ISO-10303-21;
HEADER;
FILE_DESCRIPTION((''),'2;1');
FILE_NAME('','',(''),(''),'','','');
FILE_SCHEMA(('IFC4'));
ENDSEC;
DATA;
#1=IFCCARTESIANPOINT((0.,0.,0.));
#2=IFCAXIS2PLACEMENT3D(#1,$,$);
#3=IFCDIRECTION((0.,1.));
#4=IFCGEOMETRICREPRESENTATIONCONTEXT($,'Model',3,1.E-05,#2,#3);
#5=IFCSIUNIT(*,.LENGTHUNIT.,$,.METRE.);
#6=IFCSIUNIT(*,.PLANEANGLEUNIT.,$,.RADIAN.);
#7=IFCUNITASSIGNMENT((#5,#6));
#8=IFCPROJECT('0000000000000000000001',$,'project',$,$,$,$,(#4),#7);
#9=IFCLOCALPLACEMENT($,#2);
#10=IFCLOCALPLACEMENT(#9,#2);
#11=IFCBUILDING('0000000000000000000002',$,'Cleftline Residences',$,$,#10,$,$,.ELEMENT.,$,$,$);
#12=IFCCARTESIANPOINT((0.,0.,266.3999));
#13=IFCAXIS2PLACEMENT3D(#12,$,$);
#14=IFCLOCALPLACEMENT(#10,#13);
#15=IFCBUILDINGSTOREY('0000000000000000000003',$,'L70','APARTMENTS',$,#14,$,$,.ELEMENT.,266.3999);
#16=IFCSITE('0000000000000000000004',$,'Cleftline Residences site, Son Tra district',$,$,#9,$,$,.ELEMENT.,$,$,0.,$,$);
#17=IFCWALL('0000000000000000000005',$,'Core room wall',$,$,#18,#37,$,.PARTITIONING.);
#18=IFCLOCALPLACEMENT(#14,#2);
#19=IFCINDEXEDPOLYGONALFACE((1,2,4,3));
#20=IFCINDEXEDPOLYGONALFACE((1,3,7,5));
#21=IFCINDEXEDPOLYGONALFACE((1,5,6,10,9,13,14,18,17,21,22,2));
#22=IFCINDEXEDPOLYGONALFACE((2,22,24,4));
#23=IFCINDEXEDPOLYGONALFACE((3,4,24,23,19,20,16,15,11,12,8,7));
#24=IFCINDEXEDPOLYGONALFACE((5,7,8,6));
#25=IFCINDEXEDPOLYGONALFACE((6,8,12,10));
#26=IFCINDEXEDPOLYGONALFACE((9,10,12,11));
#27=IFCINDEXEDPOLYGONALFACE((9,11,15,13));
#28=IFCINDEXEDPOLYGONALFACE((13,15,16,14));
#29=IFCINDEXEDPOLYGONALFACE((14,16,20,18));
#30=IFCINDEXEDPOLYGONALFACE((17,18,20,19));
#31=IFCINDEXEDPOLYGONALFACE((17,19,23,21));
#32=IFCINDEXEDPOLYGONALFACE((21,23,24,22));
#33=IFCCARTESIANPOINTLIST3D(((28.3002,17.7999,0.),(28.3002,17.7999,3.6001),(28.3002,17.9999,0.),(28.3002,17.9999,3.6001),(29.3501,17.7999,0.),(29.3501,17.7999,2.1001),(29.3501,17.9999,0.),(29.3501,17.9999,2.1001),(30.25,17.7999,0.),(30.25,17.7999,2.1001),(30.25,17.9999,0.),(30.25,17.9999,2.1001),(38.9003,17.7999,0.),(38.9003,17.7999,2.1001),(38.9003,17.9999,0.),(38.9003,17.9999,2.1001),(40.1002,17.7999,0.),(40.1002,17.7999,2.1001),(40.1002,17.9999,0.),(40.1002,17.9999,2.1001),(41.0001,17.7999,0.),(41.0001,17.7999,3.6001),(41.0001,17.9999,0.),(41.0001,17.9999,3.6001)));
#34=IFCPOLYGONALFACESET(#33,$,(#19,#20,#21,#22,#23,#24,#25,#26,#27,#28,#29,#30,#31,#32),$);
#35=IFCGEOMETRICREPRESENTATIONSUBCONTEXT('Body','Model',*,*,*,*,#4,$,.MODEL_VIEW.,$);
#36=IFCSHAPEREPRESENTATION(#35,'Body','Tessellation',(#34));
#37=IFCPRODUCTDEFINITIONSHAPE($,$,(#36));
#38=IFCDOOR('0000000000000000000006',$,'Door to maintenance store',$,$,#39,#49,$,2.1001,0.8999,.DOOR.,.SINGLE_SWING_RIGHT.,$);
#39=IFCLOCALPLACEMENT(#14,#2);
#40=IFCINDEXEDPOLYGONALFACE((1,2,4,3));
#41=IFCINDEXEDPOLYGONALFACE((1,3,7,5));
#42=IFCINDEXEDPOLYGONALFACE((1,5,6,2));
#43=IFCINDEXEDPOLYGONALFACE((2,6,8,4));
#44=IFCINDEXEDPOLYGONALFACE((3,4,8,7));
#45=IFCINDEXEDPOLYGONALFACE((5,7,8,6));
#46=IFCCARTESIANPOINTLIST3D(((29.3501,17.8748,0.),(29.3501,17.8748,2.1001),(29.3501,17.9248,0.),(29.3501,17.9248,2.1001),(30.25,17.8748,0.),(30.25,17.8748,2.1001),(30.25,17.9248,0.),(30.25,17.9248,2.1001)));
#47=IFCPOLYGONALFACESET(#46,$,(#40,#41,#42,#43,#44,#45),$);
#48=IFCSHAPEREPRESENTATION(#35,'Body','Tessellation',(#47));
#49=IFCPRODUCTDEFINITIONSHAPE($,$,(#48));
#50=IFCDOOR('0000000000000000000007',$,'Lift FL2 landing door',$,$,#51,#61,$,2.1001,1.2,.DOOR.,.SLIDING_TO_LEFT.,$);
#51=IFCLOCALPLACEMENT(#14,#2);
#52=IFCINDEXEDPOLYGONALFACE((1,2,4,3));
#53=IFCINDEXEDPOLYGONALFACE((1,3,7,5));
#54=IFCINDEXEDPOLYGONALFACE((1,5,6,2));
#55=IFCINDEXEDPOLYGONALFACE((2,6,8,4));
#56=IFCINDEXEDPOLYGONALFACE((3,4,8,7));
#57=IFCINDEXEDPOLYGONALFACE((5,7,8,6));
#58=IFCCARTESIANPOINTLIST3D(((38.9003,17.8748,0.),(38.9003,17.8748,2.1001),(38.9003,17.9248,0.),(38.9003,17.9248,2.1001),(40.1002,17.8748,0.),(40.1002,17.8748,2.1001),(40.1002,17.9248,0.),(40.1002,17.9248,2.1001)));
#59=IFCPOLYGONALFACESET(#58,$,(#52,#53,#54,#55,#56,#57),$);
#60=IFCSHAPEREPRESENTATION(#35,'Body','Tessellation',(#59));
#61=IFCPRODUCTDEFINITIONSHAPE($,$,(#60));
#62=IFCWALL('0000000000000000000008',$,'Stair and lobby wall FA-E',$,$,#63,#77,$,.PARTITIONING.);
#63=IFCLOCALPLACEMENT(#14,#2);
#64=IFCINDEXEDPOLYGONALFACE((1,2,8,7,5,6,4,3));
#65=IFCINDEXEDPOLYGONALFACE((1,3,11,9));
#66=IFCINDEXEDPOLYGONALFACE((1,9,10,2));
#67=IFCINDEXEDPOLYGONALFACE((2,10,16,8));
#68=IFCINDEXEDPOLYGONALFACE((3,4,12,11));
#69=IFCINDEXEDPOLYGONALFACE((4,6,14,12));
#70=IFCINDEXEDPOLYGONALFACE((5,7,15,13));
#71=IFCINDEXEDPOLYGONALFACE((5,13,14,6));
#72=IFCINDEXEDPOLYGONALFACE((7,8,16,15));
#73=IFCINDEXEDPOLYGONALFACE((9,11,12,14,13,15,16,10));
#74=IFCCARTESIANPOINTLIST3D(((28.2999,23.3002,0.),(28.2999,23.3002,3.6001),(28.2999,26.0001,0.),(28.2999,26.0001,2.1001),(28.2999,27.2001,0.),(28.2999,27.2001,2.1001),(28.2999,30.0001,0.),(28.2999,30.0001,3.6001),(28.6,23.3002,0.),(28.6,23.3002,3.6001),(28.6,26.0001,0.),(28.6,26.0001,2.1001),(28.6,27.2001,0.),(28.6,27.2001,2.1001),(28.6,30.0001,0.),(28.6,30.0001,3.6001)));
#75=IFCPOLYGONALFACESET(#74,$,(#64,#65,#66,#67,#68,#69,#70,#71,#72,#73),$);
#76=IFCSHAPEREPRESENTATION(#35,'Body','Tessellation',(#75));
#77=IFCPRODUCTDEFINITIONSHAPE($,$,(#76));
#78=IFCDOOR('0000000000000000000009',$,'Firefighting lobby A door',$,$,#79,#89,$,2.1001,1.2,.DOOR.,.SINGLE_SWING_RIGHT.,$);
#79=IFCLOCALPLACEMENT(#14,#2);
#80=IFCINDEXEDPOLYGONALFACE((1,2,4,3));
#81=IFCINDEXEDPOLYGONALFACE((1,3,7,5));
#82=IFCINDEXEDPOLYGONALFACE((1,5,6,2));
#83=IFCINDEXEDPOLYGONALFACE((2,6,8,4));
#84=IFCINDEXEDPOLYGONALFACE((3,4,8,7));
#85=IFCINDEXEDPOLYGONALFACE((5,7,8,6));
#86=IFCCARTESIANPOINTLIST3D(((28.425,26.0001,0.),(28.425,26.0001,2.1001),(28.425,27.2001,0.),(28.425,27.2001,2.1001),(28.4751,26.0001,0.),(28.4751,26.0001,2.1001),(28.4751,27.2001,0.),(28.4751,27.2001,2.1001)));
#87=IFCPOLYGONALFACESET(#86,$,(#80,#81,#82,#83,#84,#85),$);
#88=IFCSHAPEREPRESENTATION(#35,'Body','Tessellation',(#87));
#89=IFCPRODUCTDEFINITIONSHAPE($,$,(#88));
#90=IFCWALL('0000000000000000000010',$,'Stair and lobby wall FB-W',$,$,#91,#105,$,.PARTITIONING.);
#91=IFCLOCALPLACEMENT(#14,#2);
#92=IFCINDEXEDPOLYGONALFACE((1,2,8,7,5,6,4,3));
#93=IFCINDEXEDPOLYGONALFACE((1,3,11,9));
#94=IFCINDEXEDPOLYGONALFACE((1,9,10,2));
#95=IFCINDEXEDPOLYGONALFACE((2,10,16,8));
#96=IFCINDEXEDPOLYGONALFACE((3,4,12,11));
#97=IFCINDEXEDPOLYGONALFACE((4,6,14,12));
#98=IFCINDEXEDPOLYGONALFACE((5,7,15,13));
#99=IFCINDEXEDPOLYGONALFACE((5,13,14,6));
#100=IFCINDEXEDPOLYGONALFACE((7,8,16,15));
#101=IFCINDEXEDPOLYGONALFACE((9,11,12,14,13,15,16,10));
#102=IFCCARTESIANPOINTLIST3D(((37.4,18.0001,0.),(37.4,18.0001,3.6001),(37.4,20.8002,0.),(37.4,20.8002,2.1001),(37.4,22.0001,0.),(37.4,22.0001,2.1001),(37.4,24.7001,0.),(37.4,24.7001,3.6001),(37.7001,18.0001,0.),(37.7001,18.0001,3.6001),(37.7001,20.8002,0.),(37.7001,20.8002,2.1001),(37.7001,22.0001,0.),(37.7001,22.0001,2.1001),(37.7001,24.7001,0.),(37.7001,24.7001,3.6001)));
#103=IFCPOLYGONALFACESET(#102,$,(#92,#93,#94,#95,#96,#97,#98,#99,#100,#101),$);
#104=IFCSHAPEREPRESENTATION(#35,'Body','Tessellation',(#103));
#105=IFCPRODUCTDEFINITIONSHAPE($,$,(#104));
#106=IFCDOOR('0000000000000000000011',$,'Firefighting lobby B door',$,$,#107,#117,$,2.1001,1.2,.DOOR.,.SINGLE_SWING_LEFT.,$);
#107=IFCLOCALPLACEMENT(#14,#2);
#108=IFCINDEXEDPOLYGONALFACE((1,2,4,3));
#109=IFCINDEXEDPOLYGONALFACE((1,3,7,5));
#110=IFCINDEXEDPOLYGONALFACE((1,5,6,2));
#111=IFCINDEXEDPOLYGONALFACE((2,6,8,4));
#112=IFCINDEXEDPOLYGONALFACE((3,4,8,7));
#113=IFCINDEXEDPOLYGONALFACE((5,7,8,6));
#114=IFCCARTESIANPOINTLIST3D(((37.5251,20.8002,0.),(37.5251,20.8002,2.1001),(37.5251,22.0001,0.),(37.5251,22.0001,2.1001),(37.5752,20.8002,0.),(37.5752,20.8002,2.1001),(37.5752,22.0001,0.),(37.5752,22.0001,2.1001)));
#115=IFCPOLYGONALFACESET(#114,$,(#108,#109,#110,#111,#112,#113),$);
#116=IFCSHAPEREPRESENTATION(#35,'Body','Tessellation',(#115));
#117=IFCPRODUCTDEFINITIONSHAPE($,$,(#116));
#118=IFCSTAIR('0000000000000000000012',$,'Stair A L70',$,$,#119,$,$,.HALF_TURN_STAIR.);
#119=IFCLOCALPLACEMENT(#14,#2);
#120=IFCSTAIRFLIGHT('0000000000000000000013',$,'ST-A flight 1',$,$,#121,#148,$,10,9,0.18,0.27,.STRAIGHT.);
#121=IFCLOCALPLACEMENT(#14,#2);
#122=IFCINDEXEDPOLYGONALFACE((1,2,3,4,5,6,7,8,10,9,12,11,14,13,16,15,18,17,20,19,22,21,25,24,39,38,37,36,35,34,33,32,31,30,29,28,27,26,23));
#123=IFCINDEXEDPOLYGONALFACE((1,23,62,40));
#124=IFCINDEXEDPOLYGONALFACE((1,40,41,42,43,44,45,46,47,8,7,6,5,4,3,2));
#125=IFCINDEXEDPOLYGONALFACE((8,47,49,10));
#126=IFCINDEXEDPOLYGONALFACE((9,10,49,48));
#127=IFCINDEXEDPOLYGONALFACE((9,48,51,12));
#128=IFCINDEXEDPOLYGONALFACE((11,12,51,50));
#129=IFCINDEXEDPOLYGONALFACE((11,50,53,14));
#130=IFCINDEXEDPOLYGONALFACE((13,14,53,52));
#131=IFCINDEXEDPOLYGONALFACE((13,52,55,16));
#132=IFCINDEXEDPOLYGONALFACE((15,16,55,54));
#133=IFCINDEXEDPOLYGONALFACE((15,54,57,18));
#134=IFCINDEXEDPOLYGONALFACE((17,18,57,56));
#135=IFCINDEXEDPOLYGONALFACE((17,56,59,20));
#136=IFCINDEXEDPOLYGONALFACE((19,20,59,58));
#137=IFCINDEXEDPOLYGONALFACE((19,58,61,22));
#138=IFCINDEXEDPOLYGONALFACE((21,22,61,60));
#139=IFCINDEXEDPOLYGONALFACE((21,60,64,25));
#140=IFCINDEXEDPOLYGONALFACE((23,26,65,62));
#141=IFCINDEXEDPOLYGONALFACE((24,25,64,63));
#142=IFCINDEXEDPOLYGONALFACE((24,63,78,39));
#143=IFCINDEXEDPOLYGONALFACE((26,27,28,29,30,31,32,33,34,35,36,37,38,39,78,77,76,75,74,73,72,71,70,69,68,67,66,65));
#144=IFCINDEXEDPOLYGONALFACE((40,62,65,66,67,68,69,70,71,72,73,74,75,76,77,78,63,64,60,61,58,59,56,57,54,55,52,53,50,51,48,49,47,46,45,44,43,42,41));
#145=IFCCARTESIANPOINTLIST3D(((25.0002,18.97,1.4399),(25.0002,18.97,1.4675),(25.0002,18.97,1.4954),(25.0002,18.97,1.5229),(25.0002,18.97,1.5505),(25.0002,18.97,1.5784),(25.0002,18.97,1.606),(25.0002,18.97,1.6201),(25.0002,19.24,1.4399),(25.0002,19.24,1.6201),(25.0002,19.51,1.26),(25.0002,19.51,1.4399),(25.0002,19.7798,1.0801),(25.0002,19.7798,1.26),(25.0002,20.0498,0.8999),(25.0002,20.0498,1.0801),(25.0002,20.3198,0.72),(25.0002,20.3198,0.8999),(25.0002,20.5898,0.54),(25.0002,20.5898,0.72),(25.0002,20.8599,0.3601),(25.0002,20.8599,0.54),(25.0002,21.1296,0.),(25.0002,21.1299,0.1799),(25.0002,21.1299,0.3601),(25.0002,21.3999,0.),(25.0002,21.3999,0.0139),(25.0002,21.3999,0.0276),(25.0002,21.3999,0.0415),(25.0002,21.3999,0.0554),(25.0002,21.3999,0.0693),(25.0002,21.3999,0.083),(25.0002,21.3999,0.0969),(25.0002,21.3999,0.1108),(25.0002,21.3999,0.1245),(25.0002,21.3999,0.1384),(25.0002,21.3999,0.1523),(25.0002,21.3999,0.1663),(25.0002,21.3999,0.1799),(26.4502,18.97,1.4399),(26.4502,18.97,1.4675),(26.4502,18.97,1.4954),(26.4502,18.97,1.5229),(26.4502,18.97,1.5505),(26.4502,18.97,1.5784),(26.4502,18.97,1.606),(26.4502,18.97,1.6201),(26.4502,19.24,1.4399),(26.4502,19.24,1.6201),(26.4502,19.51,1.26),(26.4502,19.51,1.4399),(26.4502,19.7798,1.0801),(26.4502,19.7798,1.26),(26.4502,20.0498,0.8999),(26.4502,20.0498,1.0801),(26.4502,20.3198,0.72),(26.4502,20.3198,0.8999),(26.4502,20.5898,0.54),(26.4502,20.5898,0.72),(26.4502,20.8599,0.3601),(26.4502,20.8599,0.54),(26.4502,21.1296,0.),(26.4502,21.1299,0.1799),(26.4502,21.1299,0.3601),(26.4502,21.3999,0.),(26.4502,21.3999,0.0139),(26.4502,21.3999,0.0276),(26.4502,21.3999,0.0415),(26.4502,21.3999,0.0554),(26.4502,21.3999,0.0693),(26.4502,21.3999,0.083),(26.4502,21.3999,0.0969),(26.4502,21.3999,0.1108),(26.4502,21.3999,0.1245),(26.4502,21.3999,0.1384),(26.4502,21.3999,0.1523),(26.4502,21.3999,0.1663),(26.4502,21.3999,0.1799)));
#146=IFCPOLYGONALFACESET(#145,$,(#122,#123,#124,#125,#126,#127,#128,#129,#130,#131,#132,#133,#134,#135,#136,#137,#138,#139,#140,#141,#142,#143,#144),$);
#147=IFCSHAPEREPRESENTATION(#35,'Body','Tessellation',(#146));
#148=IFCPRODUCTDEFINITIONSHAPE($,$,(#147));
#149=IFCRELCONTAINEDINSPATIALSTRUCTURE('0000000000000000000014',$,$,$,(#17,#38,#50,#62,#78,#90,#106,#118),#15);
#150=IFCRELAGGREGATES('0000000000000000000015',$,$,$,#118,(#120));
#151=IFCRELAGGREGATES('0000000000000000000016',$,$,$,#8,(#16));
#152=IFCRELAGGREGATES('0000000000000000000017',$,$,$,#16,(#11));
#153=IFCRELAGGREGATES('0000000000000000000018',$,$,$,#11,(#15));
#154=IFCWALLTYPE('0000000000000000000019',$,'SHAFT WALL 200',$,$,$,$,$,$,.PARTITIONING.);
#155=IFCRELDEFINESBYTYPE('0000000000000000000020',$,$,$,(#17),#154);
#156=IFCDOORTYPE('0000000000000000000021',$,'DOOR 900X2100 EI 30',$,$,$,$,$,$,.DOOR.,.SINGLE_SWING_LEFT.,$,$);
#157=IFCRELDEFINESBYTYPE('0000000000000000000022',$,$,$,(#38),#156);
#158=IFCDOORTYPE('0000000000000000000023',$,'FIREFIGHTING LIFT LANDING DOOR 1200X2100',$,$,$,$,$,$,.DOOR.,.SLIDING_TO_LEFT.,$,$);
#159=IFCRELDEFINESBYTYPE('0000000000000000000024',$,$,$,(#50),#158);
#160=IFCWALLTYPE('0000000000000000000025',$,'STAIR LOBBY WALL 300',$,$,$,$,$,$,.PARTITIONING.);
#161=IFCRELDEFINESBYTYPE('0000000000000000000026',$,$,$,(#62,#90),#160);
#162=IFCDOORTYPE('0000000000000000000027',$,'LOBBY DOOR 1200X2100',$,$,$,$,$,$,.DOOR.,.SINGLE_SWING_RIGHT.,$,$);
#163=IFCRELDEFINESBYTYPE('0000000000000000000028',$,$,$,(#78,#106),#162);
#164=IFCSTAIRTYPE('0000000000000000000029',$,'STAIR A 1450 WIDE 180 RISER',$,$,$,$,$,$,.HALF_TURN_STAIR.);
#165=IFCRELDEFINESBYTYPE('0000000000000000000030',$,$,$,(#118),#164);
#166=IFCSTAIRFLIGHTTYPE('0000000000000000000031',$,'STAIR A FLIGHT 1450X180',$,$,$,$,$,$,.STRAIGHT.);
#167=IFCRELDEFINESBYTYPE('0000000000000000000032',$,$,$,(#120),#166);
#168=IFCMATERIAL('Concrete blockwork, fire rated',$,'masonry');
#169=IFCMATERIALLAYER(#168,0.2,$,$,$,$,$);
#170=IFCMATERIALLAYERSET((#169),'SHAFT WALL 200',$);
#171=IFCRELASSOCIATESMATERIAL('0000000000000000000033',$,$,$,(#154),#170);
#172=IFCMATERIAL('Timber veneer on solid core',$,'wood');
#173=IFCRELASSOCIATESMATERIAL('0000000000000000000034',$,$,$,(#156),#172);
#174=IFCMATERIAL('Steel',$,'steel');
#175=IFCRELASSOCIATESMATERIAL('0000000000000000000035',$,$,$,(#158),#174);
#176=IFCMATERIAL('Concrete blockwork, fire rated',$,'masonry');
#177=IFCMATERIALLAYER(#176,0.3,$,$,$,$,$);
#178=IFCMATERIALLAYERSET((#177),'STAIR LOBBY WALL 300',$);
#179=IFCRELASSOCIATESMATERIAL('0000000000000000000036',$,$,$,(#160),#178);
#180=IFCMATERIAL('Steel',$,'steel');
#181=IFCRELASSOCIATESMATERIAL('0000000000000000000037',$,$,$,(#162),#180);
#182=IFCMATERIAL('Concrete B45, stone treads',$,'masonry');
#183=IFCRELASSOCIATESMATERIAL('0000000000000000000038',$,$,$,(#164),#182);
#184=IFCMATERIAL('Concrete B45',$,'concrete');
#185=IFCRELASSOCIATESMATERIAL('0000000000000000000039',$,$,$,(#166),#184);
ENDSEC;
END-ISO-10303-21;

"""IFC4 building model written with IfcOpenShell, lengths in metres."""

from ifc_helpers import new_model, si_unit, direction, frame, frame_2d, origin, place, context, subcontext, project, spatial, polyline, rectangle, outline, extrude, material, layer, layer_set, type_object, element, fill, aggregate, save


model = new_model("IFC4")

# Units and contexts
model_context = context("Model", 3, precision=1e-05, world=origin(), true_north=direction((0.0, 1.0)))
body_context = subcontext(model_context, "Body", "Model", "MODEL_VIEW")
ifc_project = project(units=[si_unit("LENGTHUNIT", "METRE"), si_unit("PLANEANGLEUNIT", "RADIAN")], contexts=[model_context])

# Site, building, storey
site_placement = place(None, origin())
site = spatial("IfcSite", under=ifc_project, at=site_placement, Name="Cleftline Residences site, Son Tra district", CompositionType="ELEMENT", RefElevation=0.0)
building_placement = place(site_placement, origin())
building = spatial("IfcBuilding", under=site, at=building_placement, Name="Cleftline Residences", CompositionType="ELEMENT")
storey_placement = place(building_placement, frame((0.0, 0.0, 266.3999)))
storey = spatial("IfcBuildingStorey", under=building, at=storey_placement, Name="L70", Description="APARTMENTS", CompositionType="ELEMENT", Elevation=266.3999)

# Wall, openings, doors
ifc_material_1 = material(Name="Concrete blockwork, fire rated", Category="masonry")
ifc_layer_1 = layer(ifc_material_1, 0.2)
ifc_layer_set_1 = layer_set([ifc_layer_1], Name="SHAFT WALL 200")
wall_type_1 = type_object("IfcWallType", Name="SHAFT WALL 200", PredefinedType="PARTITIONING", material=ifc_layer_set_1)
wall_1_placement = place(storey_placement, frame((28.3, 17.8999, 0.0), z_axis=(0.0, 0.0, 1.0), x_axis=(1.0, 0.0, 0.0)))
wall_1 = element("IfcWall", 1, at=wall_1_placement, inside=storey, type_object=wall_type_1, Name="Core room wall", PredefinedType="PARTITIONING", context=body_context, shape_type="SweptSolid", body=[
    extrude(rectangle(XDim=12.7, YDim=0.2, at=frame_2d((6.3501, 0.0))), origin(), (0.0, 0.0, 1.0), 3.6001),
])
opening_1_placement = place(wall_1_placement, frame((1.05, 0.0, 0.0)))
opening_1 = element("IfcOpeningElement", 2, at=opening_1_placement, cuts=wall_1, PredefinedType="OPENING", context=body_context, shape_type="SweptSolid", body=[
    extrude(rectangle(XDim=0.8999, YDim=2.1001, at=frame_2d((0.45, 1.05))), frame((0.0, 0.1099, 0.0), z_axis=(0.0, -1.0, 0.0), x_axis=(1.0, 0.0, 0.0)), (0.0, 0.0, 1.0), 0.22),
])
opening_2_placement = place(wall_1_placement, frame((10.6001, 0.0, 0.0)))
opening_2 = element("IfcOpeningElement", 3, at=opening_2_placement, cuts=wall_1, PredefinedType="OPENING", context=body_context, shape_type="SweptSolid", body=[
    extrude(rectangle(XDim=1.2, YDim=2.1001, at=frame_2d((0.6001, 1.05))), frame((0.0, 0.1099, 0.0), z_axis=(0.0, -1.0, 0.0), x_axis=(1.0, 0.0, 0.0)), (0.0, 0.0, 1.0), 0.22),
])
ifc_material_2 = material(Name="Timber veneer on solid core", Category="wood")
door_type_1 = type_object("IfcDoorType", Name="DOOR 900X2100 EI 30", OperationType="SINGLE_SWING_LEFT", PredefinedType="DOOR", material=ifc_material_2)
door_1_placement = place(opening_1_placement, origin())
door_1 = element("IfcDoor", 4, at=door_1_placement, inside=storey, type_object=door_type_1, Name="Door to maintenance store", OperationType="SINGLE_SWING_RIGHT", OverallHeight=2.1001, OverallWidth=0.8999, PredefinedType="DOOR", context=body_context, shape_type="SweptSolid", body=[
    extrude(rectangle(XDim=0.8999, YDim=2.1001, at=frame_2d((0.45, 1.05))), frame((0.0, 0.0249, 0.0), z_axis=(0.0, -1.0, 0.0), x_axis=(1.0, 0.0, 0.0)), (0.0, 0.0, 1.0), 0.05),
])
fill(opening_1, door_1)
ifc_material_3 = material(Name="Steel", Category="steel")
door_type_2 = type_object("IfcDoorType", Name="FIREFIGHTING LIFT LANDING DOOR 1200X2100", OperationType="SLIDING_TO_LEFT", PredefinedType="DOOR", material=ifc_material_3)
door_2_placement = place(opening_2_placement, origin())
door_2 = element("IfcDoor", 5, at=door_2_placement, inside=storey, type_object=door_type_2, Name="Lift FL2 landing door", OperationType="SLIDING_TO_LEFT", OverallHeight=2.1001, OverallWidth=1.2, PredefinedType="DOOR", context=body_context, shape_type="SweptSolid", body=[
    extrude(rectangle(XDim=1.2, YDim=2.1001, at=frame_2d((0.6001, 1.05))), frame((0.0, 0.0249, 0.0), z_axis=(0.0, -1.0, 0.0), x_axis=(1.0, 0.0, 0.0)), (0.0, 0.0, 1.0), 0.05),
])
fill(opening_2, door_2)

# Walls, openings, doors
ifc_material_4 = material(Name="Concrete blockwork, fire rated", Category="masonry")
ifc_layer_2 = layer(ifc_material_4, 0.3)
ifc_layer_set_2 = layer_set([ifc_layer_2], Name="STAIR LOBBY WALL 300")
wall_type_2 = type_object("IfcWallType", Name="STAIR LOBBY WALL 300", PredefinedType="PARTITIONING", material=ifc_layer_set_2)
wall_2_placement = place(storey_placement, frame((28.45, 23.3, 0.0), z_axis=(0.0, 0.0, 1.0), x_axis=(0.0, 1.0, 0.0)))
wall_2 = element("IfcWall", 6, at=wall_2_placement, inside=storey, type_object=wall_type_2, Name="Stair and lobby wall FA-E", PredefinedType="PARTITIONING", context=body_context, shape_type="SweptSolid", body=[
    extrude(rectangle(XDim=6.7, YDim=0.3, at=frame_2d((3.3501, 0.0))), origin(), (0.0, 0.0, 1.0), 3.6001),
])
opening_3_placement = place(wall_2_placement, frame((2.7, 0.0, 0.0)))
opening_3 = element("IfcOpeningElement", 7, at=opening_3_placement, cuts=wall_2, PredefinedType="OPENING", context=body_context, shape_type="SweptSolid", body=[
    extrude(rectangle(XDim=1.2, YDim=2.1001, at=frame_2d((0.6001, 1.05))), frame((0.0, 0.1599, 0.0), z_axis=(0.0, -1.0, 0.0), x_axis=(1.0, 0.0, 0.0)), (0.0, 0.0, 1.0), 0.3201),
])
ifc_material_5 = material(Name="Steel", Category="steel")
door_type_3 = type_object("IfcDoorType", Name="LOBBY DOOR 1200X2100", OperationType="SINGLE_SWING_RIGHT", PredefinedType="DOOR", material=ifc_material_5)
door_3_placement = place(opening_3_placement, origin())
door_3 = element("IfcDoor", 8, at=door_3_placement, inside=storey, type_object=door_type_3, Name="Firefighting lobby A door", OperationType="SINGLE_SWING_RIGHT", OverallHeight=2.1001, OverallWidth=1.2, PredefinedType="DOOR", context=body_context, shape_type="SweptSolid", body=[
    extrude(rectangle(XDim=1.2, YDim=2.1001, at=frame_2d((0.6001, 1.05))), frame((0.0, 0.0249, 0.0), z_axis=(0.0, -1.0, 0.0), x_axis=(1.0, 0.0, 0.0)), (0.0, 0.0, 1.0), 0.05),
])
fill(opening_3, door_3)
wall_3_placement = place(storey_placement, frame((37.55, 18.0, 0.0), z_axis=(0.0, 0.0, 1.0), x_axis=(0.0, 1.0, 0.0)))
wall_3 = element("IfcWall", 9, at=wall_3_placement, inside=storey, type_object=wall_type_2, Name="Stair and lobby wall FB-W", PredefinedType="PARTITIONING", context=body_context, shape_type="SweptSolid", body=[
    extrude(rectangle(XDim=6.7, YDim=0.3, at=frame_2d((3.3501, 0.0))), origin(), (0.0, 0.0, 1.0), 3.6001),
])
opening_4_placement = place(wall_3_placement, frame((2.8, 0.0, 0.0)))
opening_4 = element("IfcOpeningElement", 10, at=opening_4_placement, cuts=wall_3, PredefinedType="OPENING", context=body_context, shape_type="SweptSolid", body=[
    extrude(rectangle(XDim=1.2, YDim=2.1001, at=frame_2d((0.6001, 1.05))), frame((0.0, 0.1599, 0.0), z_axis=(0.0, -1.0, 0.0), x_axis=(1.0, 0.0, 0.0)), (0.0, 0.0, 1.0), 0.3201),
])
door_4_placement = place(opening_4_placement, origin())
door_4 = element("IfcDoor", 11, at=door_4_placement, inside=storey, type_object=door_type_3, Name="Firefighting lobby B door", OperationType="SINGLE_SWING_LEFT", OverallHeight=2.1001, OverallWidth=1.2, PredefinedType="DOOR", context=body_context, shape_type="SweptSolid", body=[
    extrude(rectangle(XDim=1.2, YDim=2.1001, at=frame_2d((0.6001, 1.05))), frame((0.0, 0.0249, 0.0), z_axis=(0.0, -1.0, 0.0), x_axis=(1.0, 0.0, 0.0)), (0.0, 0.0, 1.0), 0.05),
])
fill(opening_4, door_4)

# Stair, stair flight
ifc_material_6 = material(Name="Concrete B45, stone treads", Category="masonry")
stair_type = type_object("IfcStairType", Name="STAIR A 1450 WIDE 180 RISER", PredefinedType="HALF_TURN_STAIR", material=ifc_material_6)
stair_placement = place(storey_placement, origin())
stair = element("IfcStair", 12, at=stair_placement, inside=storey, type_object=stair_type, Name="Stair A L70", PredefinedType="HALF_TURN_STAIR")
ifc_material_7 = material(Name="Concrete B45", Category="concrete")
stair_flight_type = type_object("IfcStairFlightType", Name="STAIR A FLIGHT 1450X180", PredefinedType="STRAIGHT", material=ifc_material_7)
stair_flight_1_placement = place(storey_placement, frame((25.7251, 21.3999, 0.0), z_axis=(0.0, 0.0, 1.0), x_axis=(0.0, -1.0, 0.0)))
stair_flight_1 = element("IfcStairFlight", 13, at=stair_flight_1_placement, type_object=stair_flight_type, Name="ST-A flight 1", NumberOfRisers=10, NumberOfTreads=9, PredefinedType="STRAIGHT", RiserHeight=0.18, TreadLength=0.27, context=body_context, shape_type="SweptSolid", body=[
    extrude(outline(polyline([(0.0, 0.0), (0.0, 0.0139), (0.0, 0.0276), (0.0, 0.0415), (0.0, 0.0554), (0.0, 0.0693), (0.0, 0.083), (0.0, 0.0969), (0.0, 0.1108), (0.0, 0.1245), (0.0, 0.1384), (0.0, 0.1523), (0.0, 0.1663), (0.0, 0.1799), (0.27, 0.1799), (0.27, 0.3601), (0.54, 0.3601), (0.54, 0.54), (0.8101, 0.54), (0.8101, 0.72), (1.0801, 0.72), (1.0801, 0.8999), (1.3501, 0.8999), (1.3501, 1.0801), (1.6201, 1.0801), (1.6201, 1.26), (1.8899, 1.26), (1.8899, 1.4399), (2.1599, 1.4399), (2.1599, 1.6201), (2.4299, 1.6201), (2.4299, 1.8), (2.4299, 1.7722), (2.4299, 1.7446), (2.4299, 1.7168), (2.4299, 1.6892), (2.4299, 1.6614), (2.4299, 1.6338), (2.4299, 1.606), (2.4299, 1.5784), (2.4299, 1.5505), (2.4299, 1.5229), (2.4299, 1.4954), (2.4299, 1.4675), (2.4299, 1.4399), (0.2703, 0.0), (0.0, 0.0)])), frame((0.0, 0.7251, 0.0), z_axis=(0.0, -1.0, 0.0), x_axis=(1.0, 0.0, 0.0)), (0.0, 0.0, 1.0), 1.45),
])
aggregate(stair, [stair_flight_1])

save(model, "model.ifc")
